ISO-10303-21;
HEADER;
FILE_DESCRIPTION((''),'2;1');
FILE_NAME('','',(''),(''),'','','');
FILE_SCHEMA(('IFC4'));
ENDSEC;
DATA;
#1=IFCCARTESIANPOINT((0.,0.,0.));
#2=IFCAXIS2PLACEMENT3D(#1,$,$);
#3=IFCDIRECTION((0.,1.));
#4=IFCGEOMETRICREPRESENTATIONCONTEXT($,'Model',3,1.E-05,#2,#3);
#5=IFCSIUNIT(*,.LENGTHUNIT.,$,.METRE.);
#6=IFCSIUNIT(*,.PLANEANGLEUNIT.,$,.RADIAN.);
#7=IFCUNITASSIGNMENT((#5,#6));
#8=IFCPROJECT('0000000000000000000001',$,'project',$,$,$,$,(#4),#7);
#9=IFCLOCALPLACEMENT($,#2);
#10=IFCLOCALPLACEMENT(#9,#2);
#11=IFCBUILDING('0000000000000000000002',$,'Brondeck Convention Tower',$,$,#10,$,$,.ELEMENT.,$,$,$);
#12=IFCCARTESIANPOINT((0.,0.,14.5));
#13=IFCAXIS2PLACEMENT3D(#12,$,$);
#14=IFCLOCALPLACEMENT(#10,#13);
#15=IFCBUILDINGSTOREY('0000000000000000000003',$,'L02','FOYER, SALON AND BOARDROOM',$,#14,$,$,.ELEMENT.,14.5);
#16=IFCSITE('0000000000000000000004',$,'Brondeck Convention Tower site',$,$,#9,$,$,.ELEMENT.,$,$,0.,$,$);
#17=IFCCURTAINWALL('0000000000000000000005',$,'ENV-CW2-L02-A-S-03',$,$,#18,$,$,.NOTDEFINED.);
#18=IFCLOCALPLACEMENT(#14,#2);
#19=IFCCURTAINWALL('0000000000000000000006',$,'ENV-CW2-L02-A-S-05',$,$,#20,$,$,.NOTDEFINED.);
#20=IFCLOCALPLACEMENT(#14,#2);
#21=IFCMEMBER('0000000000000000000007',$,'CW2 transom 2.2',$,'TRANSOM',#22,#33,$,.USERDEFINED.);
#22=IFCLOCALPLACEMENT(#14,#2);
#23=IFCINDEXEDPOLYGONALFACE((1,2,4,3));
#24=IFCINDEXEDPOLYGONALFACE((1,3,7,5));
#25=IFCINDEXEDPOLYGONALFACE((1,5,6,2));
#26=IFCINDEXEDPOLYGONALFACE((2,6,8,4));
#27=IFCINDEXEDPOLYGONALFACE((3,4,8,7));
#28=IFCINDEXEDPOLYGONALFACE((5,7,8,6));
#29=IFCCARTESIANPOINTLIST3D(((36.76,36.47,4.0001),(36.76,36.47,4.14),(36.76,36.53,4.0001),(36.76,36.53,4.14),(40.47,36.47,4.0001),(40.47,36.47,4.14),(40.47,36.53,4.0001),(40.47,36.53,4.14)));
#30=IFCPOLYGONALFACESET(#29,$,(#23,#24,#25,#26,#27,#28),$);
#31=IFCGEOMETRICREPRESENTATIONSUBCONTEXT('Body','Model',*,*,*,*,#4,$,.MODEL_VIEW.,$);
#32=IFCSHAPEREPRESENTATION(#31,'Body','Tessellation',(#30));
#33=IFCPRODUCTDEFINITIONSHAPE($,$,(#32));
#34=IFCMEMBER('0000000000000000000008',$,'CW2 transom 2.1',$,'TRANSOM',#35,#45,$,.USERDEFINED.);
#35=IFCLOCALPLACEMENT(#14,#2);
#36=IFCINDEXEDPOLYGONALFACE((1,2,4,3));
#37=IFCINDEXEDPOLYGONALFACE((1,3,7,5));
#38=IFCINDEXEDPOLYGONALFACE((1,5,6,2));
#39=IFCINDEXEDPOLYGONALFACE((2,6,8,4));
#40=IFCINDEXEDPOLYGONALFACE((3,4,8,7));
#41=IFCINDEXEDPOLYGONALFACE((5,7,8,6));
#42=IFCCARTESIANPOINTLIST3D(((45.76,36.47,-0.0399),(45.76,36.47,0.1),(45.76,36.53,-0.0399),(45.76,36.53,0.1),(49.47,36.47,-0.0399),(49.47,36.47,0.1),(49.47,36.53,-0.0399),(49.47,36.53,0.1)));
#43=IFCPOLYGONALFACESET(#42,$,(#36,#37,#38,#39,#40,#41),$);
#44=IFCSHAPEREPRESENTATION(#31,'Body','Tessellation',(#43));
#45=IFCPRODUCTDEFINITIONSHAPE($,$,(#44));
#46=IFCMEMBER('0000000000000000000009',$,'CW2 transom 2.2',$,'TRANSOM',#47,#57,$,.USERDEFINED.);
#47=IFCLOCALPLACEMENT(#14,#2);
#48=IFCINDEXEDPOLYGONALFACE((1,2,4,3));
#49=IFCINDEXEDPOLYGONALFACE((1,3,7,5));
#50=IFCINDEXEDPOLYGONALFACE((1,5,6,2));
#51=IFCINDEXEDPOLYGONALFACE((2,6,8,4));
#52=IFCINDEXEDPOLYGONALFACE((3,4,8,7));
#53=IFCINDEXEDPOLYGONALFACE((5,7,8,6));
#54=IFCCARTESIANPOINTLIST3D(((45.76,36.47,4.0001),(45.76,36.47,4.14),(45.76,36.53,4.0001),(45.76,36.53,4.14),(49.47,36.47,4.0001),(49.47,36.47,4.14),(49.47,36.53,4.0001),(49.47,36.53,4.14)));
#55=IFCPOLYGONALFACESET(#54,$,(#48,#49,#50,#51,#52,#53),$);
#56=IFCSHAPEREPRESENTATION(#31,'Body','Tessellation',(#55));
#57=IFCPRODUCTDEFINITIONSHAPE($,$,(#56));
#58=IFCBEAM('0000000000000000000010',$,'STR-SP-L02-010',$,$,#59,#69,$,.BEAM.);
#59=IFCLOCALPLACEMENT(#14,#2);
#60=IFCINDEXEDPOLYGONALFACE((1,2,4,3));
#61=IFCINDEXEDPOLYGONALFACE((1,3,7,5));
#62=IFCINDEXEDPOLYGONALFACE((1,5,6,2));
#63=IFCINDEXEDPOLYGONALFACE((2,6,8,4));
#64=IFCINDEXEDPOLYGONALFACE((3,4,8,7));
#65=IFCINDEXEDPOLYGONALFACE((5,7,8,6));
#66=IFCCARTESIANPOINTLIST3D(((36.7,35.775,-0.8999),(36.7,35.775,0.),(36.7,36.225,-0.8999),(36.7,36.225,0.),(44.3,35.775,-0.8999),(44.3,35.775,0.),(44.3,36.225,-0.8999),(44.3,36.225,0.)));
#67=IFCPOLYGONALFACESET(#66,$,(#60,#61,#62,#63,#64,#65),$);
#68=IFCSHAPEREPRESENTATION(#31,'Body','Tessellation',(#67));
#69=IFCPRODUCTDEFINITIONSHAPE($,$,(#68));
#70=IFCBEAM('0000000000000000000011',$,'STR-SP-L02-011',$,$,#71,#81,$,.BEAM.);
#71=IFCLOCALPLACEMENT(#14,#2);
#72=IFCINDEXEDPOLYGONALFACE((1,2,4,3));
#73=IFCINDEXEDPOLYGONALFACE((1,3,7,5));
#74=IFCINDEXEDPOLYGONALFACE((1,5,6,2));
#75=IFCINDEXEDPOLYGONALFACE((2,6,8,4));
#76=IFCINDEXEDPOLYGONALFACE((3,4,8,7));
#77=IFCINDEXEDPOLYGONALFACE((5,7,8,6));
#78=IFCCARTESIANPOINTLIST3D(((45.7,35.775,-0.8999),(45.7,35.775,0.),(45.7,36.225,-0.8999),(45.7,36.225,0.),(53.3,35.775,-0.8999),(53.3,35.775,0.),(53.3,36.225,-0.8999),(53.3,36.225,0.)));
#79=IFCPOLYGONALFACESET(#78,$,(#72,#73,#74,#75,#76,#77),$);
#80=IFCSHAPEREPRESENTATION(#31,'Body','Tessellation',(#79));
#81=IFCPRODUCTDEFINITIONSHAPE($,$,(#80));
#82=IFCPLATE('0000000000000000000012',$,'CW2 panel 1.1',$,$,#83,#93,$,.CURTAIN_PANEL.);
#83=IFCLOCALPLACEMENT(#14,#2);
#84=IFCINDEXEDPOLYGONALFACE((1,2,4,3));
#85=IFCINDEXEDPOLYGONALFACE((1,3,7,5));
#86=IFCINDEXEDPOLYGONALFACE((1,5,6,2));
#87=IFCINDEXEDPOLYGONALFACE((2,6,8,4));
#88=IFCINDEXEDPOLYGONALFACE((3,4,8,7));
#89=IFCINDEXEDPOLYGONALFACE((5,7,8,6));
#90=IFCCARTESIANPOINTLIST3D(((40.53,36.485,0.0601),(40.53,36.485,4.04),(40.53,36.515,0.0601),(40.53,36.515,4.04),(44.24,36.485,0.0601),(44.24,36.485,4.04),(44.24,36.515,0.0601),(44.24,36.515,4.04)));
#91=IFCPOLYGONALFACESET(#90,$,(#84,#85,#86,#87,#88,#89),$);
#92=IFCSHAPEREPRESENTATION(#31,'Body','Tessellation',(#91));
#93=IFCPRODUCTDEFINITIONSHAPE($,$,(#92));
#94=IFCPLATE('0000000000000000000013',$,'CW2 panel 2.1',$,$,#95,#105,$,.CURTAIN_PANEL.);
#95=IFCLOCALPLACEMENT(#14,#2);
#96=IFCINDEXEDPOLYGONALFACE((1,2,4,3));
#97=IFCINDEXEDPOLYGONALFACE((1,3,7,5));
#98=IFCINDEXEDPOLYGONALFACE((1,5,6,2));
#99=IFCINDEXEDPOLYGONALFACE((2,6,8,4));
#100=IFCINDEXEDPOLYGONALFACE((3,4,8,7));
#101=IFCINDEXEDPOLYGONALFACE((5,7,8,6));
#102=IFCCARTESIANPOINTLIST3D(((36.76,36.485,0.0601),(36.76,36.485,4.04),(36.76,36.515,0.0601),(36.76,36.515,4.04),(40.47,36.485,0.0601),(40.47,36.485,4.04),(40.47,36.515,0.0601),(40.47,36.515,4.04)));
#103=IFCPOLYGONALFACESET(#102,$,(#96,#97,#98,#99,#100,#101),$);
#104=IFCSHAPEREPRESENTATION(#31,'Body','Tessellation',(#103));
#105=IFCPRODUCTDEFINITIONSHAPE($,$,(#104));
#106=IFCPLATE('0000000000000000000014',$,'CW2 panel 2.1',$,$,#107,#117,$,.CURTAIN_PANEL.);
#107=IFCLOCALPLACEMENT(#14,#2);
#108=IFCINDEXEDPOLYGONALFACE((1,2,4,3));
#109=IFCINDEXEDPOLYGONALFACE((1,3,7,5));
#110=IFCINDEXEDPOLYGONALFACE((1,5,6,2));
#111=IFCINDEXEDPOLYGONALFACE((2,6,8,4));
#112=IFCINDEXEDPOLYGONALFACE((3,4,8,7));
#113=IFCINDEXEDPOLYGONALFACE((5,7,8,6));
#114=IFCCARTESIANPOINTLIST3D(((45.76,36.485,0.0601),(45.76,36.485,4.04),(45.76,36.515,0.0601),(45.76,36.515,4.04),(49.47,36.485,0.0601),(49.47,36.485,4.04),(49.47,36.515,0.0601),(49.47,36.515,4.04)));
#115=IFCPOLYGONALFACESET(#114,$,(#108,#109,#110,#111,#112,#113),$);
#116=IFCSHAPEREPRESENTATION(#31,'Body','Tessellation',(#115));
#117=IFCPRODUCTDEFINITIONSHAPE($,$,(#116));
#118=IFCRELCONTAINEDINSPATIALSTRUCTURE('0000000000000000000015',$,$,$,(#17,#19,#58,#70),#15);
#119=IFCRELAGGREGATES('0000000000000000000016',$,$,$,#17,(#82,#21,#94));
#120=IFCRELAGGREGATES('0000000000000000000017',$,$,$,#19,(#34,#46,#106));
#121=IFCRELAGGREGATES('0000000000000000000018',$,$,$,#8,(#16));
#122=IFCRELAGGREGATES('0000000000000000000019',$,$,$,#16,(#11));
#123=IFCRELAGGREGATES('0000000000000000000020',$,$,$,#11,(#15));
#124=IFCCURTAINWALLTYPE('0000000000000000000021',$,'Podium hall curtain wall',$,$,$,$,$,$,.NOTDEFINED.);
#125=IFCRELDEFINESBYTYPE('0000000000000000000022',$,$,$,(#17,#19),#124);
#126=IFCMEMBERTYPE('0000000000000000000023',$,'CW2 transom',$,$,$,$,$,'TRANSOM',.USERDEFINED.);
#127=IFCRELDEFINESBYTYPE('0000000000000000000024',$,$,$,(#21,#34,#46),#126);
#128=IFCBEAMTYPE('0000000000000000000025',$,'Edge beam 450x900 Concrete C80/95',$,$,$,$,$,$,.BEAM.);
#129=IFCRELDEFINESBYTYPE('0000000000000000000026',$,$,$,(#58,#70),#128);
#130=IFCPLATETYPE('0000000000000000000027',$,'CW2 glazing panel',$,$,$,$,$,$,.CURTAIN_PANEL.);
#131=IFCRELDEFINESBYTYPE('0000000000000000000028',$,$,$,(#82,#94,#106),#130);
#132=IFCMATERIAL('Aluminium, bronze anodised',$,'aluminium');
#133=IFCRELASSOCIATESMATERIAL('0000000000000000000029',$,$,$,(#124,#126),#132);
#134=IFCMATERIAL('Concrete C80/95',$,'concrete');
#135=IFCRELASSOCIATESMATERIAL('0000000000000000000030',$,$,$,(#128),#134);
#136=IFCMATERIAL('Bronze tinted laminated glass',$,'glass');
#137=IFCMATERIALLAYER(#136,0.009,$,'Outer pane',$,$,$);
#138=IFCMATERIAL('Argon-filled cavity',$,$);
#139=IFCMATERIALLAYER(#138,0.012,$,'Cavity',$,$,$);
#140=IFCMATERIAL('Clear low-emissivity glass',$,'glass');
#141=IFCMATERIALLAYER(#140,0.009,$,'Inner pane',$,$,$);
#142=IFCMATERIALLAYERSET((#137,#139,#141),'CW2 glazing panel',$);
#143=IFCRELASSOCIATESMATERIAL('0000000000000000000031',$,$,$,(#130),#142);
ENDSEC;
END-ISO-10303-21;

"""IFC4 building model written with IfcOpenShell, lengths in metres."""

from ifc_helpers import new_model, si_unit, direction, frame, origin, origin_2d, place, context, subcontext, project, spatial, rectangle, extrude, material, layer, layer_set, material_profile, profile_set, type_object, element, aggregate, save


model = new_model("IFC4")

# Units and contexts
model_context = context("Model", 3, precision=1e-05, world=origin(), true_north=direction((0.0, 1.0)))
body_context = subcontext(model_context, "Body", "Model", "MODEL_VIEW")
ifc_project = project(units=[si_unit("LENGTHUNIT", "METRE"), si_unit("PLANEANGLEUNIT", "RADIAN")], contexts=[model_context])

# Site, building, storey
site_placement = place(None, origin())
site = spatial("IfcSite", under=ifc_project, at=site_placement, Name="Brondeck Convention Tower site", CompositionType="ELEMENT", RefElevation=0.0)
building_placement = place(site_placement, origin())
building = spatial("IfcBuilding", under=site, at=building_placement, Name="Brondeck Convention Tower", CompositionType="ELEMENT")
storey_placement = place(building_placement, frame((0.0, 0.0, 14.5)))
storey = spatial("IfcBuildingStorey", under=building, at=storey_placement, Name="L02", Description="FOYER, SALON AND BOARDROOM", CompositionType="ELEMENT", Elevation=14.5)

# Shared definitions
ifc_material_1 = material(Name="Concrete C80/95", Category="concrete")

# Curtain wall
ifc_material_2 = material(Name="Aluminium, bronze anodised", Category="aluminium")
curtain_wall_type = type_object("IfcCurtainWallType", Name="Podium hall curtain wall", PredefinedType="NOTDEFINED", material=ifc_material_2)
curtain_wall_1_placement = place(storey_placement, origin())
curtain_wall_1 = element("IfcCurtainWall", 1, at=curtain_wall_1_placement, inside=storey, type_object=curtain_wall_type, Name="ENV-CW2-L02-A-S-03", PredefinedType="NOTDEFINED")

# Curtain wall
curtain_wall_2_placement = place(storey_placement, origin())
curtain_wall_2 = element("IfcCurtainWall", 2, at=curtain_wall_2_placement, inside=storey, type_object=curtain_wall_type, Name="ENV-CW2-L02-A-S-05", PredefinedType="NOTDEFINED")

# Members
ifc_material_profile_1 = material_profile(ifc_material_2, rectangle(XDim=0.0601, YDim=0.1399, at=origin_2d()), Name="CW2 transom")
ifc_profile_set_1 = profile_set([ifc_material_profile_1], Name="Aluminium, bronze anodised")
member_type_1 = type_object("IfcMemberType", Name="CW2 transom", ElementType="TRANSOM", PredefinedType="USERDEFINED", material=ifc_profile_set_1)
member_1_placement = place(storey_placement, frame((40.47, 36.5, 4.0701), z_axis=(-1.0, 0.0, 0.0), x_axis=(0.0, -1.0, 0.0)))
member_1 = element("IfcMember", 3, at=member_1_placement, type_object=member_type_1, Name="CW2 transom 2.2", ObjectType="TRANSOM", PredefinedType="USERDEFINED", context=body_context, shape_type="SweptSolid", body=[
    extrude(rectangle(XDim=0.0601, YDim=0.1399, at=origin_2d()), origin(), (0.0, 0.0, 1.0), 3.71),
])
member_2_placement = place(storey_placement, frame((49.47, 36.5, 0.03), z_axis=(-1.0, 0.0, 0.0), x_axis=(0.0, -1.0, 0.0)))
member_2 = element("IfcMember", 4, at=member_2_placement, type_object=member_type_1, Name="CW2 transom 2.1", ObjectType="TRANSOM", PredefinedType="USERDEFINED", context=body_context, shape_type="SweptSolid", body=[
    extrude(rectangle(XDim=0.0601, YDim=0.1399, at=origin_2d()), origin(), (0.0, 0.0, 1.0), 3.71),
])
member_3_placement = place(storey_placement, frame((49.47, 36.5, 4.0701), z_axis=(-1.0, 0.0, 0.0), x_axis=(0.0, -1.0, 0.0)))
member_3 = element("IfcMember", 5, at=member_3_placement, type_object=member_type_1, Name="CW2 transom 2.2", ObjectType="TRANSOM", PredefinedType="USERDEFINED", context=body_context, shape_type="SweptSolid", body=[
    extrude(rectangle(XDim=0.0601, YDim=0.1399, at=origin_2d()), origin(), (0.0, 0.0, 1.0), 3.71),
])

# Beams
ifc_material_profile_2 = material_profile(ifc_material_1, rectangle(XDim=0.45, YDim=0.8999, at=origin_2d()), Name="Edge beam 450x900 Concrete C80/95")
ifc_profile_set_2 = profile_set([ifc_material_profile_2], Name="Concrete C80/95")
beam_type = type_object("IfcBeamType", Name="Edge beam 450x900 Concrete C80/95", PredefinedType="BEAM", material=ifc_profile_set_2)
for number, where, z_axis, x_axis, name in (
    (6, (36.7, 36.0, -0.45), (1.0, 0.0, 0.0), (0.0, 1.0, 0.0), "STR-SP-L02-010"),
    (7, (45.7, 36.0, -0.45), (1.0, 0.0, 0.0), (0.0, 1.0, 0.0), "STR-SP-L02-011"),
):
    element("IfcBeam", number, at=place(storey_placement, frame(where, z_axis=z_axis, x_axis=x_axis)), inside=storey, type_object=beam_type, Name=name, PredefinedType="BEAM", context=body_context, shape_type="SweptSolid", body=[
        extrude(rectangle(XDim=0.45, YDim=0.8999, at=origin_2d()), origin(), (0.0, 0.0, 1.0), 7.6001),
    ])

# Plates
ifc_material_3 = material(Name="Bronze tinted laminated glass", Category="glass")
ifc_layer_1 = layer(ifc_material_3, 0.009, Name="Outer pane")
ifc_material_4 = material(Name="Argon-filled cavity")
ifc_layer_2 = layer(ifc_material_4, 0.012, Name="Cavity")
ifc_material_5 = material(Name="Clear low-emissivity glass", Category="glass")
ifc_layer_3 = layer(ifc_material_5, 0.009, Name="Inner pane")
ifc_layer_set = layer_set([ifc_layer_1, ifc_layer_2, ifc_layer_3], Name="CW2 glazing panel")
plate_type = type_object("IfcPlateType", Name="CW2 glazing panel", PredefinedType="CURTAIN_PANEL", material=ifc_layer_set)
plate_1_placement = place(storey_placement, frame((42.385, 36.5, 0.0601), z_axis=(0.0, 0.0, 1.0), x_axis=(-1.0, 0.0, 0.0)))
plate_1 = element("IfcPlate", 8, at=plate_1_placement, type_object=plate_type, Name="CW2 panel 1.1", PredefinedType="CURTAIN_PANEL", context=body_context, shape_type="SweptSolid", body=[
    extrude(rectangle(XDim=3.71, YDim=0.03, at=origin_2d()), origin(), (0.0, 0.0, 1.0), 3.98),
])
plate_2_placement = place(storey_placement, frame((38.615, 36.5, 0.0601), z_axis=(0.0, 0.0, 1.0), x_axis=(-1.0, 0.0, 0.0)))
plate_2 = element("IfcPlate", 9, at=plate_2_placement, type_object=plate_type, Name="CW2 panel 2.1", PredefinedType="CURTAIN_PANEL", context=body_context, shape_type="SweptSolid", body=[
    extrude(rectangle(XDim=3.71, YDim=0.03, at=origin_2d()), origin(), (0.0, 0.0, 1.0), 3.98),
])
aggregate(curtain_wall_1, [plate_1, member_1, plate_2])
plate_3_placement = place(storey_placement, frame((47.615, 36.5, 0.0601), z_axis=(0.0, 0.0, 1.0), x_axis=(-1.0, 0.0, 0.0)))
plate_3 = element("IfcPlate", 10, at=plate_3_placement, type_object=plate_type, Name="CW2 panel 2.1", PredefinedType="CURTAIN_PANEL", context=body_context, shape_type="SweptSolid", body=[
    extrude(rectangle(XDim=3.71, YDim=0.03, at=origin_2d()), origin(), (0.0, 0.0, 1.0), 3.98),
])
aggregate(curtain_wall_2, [member_2, member_3, plate_3])

save(model, "model.ifc")
